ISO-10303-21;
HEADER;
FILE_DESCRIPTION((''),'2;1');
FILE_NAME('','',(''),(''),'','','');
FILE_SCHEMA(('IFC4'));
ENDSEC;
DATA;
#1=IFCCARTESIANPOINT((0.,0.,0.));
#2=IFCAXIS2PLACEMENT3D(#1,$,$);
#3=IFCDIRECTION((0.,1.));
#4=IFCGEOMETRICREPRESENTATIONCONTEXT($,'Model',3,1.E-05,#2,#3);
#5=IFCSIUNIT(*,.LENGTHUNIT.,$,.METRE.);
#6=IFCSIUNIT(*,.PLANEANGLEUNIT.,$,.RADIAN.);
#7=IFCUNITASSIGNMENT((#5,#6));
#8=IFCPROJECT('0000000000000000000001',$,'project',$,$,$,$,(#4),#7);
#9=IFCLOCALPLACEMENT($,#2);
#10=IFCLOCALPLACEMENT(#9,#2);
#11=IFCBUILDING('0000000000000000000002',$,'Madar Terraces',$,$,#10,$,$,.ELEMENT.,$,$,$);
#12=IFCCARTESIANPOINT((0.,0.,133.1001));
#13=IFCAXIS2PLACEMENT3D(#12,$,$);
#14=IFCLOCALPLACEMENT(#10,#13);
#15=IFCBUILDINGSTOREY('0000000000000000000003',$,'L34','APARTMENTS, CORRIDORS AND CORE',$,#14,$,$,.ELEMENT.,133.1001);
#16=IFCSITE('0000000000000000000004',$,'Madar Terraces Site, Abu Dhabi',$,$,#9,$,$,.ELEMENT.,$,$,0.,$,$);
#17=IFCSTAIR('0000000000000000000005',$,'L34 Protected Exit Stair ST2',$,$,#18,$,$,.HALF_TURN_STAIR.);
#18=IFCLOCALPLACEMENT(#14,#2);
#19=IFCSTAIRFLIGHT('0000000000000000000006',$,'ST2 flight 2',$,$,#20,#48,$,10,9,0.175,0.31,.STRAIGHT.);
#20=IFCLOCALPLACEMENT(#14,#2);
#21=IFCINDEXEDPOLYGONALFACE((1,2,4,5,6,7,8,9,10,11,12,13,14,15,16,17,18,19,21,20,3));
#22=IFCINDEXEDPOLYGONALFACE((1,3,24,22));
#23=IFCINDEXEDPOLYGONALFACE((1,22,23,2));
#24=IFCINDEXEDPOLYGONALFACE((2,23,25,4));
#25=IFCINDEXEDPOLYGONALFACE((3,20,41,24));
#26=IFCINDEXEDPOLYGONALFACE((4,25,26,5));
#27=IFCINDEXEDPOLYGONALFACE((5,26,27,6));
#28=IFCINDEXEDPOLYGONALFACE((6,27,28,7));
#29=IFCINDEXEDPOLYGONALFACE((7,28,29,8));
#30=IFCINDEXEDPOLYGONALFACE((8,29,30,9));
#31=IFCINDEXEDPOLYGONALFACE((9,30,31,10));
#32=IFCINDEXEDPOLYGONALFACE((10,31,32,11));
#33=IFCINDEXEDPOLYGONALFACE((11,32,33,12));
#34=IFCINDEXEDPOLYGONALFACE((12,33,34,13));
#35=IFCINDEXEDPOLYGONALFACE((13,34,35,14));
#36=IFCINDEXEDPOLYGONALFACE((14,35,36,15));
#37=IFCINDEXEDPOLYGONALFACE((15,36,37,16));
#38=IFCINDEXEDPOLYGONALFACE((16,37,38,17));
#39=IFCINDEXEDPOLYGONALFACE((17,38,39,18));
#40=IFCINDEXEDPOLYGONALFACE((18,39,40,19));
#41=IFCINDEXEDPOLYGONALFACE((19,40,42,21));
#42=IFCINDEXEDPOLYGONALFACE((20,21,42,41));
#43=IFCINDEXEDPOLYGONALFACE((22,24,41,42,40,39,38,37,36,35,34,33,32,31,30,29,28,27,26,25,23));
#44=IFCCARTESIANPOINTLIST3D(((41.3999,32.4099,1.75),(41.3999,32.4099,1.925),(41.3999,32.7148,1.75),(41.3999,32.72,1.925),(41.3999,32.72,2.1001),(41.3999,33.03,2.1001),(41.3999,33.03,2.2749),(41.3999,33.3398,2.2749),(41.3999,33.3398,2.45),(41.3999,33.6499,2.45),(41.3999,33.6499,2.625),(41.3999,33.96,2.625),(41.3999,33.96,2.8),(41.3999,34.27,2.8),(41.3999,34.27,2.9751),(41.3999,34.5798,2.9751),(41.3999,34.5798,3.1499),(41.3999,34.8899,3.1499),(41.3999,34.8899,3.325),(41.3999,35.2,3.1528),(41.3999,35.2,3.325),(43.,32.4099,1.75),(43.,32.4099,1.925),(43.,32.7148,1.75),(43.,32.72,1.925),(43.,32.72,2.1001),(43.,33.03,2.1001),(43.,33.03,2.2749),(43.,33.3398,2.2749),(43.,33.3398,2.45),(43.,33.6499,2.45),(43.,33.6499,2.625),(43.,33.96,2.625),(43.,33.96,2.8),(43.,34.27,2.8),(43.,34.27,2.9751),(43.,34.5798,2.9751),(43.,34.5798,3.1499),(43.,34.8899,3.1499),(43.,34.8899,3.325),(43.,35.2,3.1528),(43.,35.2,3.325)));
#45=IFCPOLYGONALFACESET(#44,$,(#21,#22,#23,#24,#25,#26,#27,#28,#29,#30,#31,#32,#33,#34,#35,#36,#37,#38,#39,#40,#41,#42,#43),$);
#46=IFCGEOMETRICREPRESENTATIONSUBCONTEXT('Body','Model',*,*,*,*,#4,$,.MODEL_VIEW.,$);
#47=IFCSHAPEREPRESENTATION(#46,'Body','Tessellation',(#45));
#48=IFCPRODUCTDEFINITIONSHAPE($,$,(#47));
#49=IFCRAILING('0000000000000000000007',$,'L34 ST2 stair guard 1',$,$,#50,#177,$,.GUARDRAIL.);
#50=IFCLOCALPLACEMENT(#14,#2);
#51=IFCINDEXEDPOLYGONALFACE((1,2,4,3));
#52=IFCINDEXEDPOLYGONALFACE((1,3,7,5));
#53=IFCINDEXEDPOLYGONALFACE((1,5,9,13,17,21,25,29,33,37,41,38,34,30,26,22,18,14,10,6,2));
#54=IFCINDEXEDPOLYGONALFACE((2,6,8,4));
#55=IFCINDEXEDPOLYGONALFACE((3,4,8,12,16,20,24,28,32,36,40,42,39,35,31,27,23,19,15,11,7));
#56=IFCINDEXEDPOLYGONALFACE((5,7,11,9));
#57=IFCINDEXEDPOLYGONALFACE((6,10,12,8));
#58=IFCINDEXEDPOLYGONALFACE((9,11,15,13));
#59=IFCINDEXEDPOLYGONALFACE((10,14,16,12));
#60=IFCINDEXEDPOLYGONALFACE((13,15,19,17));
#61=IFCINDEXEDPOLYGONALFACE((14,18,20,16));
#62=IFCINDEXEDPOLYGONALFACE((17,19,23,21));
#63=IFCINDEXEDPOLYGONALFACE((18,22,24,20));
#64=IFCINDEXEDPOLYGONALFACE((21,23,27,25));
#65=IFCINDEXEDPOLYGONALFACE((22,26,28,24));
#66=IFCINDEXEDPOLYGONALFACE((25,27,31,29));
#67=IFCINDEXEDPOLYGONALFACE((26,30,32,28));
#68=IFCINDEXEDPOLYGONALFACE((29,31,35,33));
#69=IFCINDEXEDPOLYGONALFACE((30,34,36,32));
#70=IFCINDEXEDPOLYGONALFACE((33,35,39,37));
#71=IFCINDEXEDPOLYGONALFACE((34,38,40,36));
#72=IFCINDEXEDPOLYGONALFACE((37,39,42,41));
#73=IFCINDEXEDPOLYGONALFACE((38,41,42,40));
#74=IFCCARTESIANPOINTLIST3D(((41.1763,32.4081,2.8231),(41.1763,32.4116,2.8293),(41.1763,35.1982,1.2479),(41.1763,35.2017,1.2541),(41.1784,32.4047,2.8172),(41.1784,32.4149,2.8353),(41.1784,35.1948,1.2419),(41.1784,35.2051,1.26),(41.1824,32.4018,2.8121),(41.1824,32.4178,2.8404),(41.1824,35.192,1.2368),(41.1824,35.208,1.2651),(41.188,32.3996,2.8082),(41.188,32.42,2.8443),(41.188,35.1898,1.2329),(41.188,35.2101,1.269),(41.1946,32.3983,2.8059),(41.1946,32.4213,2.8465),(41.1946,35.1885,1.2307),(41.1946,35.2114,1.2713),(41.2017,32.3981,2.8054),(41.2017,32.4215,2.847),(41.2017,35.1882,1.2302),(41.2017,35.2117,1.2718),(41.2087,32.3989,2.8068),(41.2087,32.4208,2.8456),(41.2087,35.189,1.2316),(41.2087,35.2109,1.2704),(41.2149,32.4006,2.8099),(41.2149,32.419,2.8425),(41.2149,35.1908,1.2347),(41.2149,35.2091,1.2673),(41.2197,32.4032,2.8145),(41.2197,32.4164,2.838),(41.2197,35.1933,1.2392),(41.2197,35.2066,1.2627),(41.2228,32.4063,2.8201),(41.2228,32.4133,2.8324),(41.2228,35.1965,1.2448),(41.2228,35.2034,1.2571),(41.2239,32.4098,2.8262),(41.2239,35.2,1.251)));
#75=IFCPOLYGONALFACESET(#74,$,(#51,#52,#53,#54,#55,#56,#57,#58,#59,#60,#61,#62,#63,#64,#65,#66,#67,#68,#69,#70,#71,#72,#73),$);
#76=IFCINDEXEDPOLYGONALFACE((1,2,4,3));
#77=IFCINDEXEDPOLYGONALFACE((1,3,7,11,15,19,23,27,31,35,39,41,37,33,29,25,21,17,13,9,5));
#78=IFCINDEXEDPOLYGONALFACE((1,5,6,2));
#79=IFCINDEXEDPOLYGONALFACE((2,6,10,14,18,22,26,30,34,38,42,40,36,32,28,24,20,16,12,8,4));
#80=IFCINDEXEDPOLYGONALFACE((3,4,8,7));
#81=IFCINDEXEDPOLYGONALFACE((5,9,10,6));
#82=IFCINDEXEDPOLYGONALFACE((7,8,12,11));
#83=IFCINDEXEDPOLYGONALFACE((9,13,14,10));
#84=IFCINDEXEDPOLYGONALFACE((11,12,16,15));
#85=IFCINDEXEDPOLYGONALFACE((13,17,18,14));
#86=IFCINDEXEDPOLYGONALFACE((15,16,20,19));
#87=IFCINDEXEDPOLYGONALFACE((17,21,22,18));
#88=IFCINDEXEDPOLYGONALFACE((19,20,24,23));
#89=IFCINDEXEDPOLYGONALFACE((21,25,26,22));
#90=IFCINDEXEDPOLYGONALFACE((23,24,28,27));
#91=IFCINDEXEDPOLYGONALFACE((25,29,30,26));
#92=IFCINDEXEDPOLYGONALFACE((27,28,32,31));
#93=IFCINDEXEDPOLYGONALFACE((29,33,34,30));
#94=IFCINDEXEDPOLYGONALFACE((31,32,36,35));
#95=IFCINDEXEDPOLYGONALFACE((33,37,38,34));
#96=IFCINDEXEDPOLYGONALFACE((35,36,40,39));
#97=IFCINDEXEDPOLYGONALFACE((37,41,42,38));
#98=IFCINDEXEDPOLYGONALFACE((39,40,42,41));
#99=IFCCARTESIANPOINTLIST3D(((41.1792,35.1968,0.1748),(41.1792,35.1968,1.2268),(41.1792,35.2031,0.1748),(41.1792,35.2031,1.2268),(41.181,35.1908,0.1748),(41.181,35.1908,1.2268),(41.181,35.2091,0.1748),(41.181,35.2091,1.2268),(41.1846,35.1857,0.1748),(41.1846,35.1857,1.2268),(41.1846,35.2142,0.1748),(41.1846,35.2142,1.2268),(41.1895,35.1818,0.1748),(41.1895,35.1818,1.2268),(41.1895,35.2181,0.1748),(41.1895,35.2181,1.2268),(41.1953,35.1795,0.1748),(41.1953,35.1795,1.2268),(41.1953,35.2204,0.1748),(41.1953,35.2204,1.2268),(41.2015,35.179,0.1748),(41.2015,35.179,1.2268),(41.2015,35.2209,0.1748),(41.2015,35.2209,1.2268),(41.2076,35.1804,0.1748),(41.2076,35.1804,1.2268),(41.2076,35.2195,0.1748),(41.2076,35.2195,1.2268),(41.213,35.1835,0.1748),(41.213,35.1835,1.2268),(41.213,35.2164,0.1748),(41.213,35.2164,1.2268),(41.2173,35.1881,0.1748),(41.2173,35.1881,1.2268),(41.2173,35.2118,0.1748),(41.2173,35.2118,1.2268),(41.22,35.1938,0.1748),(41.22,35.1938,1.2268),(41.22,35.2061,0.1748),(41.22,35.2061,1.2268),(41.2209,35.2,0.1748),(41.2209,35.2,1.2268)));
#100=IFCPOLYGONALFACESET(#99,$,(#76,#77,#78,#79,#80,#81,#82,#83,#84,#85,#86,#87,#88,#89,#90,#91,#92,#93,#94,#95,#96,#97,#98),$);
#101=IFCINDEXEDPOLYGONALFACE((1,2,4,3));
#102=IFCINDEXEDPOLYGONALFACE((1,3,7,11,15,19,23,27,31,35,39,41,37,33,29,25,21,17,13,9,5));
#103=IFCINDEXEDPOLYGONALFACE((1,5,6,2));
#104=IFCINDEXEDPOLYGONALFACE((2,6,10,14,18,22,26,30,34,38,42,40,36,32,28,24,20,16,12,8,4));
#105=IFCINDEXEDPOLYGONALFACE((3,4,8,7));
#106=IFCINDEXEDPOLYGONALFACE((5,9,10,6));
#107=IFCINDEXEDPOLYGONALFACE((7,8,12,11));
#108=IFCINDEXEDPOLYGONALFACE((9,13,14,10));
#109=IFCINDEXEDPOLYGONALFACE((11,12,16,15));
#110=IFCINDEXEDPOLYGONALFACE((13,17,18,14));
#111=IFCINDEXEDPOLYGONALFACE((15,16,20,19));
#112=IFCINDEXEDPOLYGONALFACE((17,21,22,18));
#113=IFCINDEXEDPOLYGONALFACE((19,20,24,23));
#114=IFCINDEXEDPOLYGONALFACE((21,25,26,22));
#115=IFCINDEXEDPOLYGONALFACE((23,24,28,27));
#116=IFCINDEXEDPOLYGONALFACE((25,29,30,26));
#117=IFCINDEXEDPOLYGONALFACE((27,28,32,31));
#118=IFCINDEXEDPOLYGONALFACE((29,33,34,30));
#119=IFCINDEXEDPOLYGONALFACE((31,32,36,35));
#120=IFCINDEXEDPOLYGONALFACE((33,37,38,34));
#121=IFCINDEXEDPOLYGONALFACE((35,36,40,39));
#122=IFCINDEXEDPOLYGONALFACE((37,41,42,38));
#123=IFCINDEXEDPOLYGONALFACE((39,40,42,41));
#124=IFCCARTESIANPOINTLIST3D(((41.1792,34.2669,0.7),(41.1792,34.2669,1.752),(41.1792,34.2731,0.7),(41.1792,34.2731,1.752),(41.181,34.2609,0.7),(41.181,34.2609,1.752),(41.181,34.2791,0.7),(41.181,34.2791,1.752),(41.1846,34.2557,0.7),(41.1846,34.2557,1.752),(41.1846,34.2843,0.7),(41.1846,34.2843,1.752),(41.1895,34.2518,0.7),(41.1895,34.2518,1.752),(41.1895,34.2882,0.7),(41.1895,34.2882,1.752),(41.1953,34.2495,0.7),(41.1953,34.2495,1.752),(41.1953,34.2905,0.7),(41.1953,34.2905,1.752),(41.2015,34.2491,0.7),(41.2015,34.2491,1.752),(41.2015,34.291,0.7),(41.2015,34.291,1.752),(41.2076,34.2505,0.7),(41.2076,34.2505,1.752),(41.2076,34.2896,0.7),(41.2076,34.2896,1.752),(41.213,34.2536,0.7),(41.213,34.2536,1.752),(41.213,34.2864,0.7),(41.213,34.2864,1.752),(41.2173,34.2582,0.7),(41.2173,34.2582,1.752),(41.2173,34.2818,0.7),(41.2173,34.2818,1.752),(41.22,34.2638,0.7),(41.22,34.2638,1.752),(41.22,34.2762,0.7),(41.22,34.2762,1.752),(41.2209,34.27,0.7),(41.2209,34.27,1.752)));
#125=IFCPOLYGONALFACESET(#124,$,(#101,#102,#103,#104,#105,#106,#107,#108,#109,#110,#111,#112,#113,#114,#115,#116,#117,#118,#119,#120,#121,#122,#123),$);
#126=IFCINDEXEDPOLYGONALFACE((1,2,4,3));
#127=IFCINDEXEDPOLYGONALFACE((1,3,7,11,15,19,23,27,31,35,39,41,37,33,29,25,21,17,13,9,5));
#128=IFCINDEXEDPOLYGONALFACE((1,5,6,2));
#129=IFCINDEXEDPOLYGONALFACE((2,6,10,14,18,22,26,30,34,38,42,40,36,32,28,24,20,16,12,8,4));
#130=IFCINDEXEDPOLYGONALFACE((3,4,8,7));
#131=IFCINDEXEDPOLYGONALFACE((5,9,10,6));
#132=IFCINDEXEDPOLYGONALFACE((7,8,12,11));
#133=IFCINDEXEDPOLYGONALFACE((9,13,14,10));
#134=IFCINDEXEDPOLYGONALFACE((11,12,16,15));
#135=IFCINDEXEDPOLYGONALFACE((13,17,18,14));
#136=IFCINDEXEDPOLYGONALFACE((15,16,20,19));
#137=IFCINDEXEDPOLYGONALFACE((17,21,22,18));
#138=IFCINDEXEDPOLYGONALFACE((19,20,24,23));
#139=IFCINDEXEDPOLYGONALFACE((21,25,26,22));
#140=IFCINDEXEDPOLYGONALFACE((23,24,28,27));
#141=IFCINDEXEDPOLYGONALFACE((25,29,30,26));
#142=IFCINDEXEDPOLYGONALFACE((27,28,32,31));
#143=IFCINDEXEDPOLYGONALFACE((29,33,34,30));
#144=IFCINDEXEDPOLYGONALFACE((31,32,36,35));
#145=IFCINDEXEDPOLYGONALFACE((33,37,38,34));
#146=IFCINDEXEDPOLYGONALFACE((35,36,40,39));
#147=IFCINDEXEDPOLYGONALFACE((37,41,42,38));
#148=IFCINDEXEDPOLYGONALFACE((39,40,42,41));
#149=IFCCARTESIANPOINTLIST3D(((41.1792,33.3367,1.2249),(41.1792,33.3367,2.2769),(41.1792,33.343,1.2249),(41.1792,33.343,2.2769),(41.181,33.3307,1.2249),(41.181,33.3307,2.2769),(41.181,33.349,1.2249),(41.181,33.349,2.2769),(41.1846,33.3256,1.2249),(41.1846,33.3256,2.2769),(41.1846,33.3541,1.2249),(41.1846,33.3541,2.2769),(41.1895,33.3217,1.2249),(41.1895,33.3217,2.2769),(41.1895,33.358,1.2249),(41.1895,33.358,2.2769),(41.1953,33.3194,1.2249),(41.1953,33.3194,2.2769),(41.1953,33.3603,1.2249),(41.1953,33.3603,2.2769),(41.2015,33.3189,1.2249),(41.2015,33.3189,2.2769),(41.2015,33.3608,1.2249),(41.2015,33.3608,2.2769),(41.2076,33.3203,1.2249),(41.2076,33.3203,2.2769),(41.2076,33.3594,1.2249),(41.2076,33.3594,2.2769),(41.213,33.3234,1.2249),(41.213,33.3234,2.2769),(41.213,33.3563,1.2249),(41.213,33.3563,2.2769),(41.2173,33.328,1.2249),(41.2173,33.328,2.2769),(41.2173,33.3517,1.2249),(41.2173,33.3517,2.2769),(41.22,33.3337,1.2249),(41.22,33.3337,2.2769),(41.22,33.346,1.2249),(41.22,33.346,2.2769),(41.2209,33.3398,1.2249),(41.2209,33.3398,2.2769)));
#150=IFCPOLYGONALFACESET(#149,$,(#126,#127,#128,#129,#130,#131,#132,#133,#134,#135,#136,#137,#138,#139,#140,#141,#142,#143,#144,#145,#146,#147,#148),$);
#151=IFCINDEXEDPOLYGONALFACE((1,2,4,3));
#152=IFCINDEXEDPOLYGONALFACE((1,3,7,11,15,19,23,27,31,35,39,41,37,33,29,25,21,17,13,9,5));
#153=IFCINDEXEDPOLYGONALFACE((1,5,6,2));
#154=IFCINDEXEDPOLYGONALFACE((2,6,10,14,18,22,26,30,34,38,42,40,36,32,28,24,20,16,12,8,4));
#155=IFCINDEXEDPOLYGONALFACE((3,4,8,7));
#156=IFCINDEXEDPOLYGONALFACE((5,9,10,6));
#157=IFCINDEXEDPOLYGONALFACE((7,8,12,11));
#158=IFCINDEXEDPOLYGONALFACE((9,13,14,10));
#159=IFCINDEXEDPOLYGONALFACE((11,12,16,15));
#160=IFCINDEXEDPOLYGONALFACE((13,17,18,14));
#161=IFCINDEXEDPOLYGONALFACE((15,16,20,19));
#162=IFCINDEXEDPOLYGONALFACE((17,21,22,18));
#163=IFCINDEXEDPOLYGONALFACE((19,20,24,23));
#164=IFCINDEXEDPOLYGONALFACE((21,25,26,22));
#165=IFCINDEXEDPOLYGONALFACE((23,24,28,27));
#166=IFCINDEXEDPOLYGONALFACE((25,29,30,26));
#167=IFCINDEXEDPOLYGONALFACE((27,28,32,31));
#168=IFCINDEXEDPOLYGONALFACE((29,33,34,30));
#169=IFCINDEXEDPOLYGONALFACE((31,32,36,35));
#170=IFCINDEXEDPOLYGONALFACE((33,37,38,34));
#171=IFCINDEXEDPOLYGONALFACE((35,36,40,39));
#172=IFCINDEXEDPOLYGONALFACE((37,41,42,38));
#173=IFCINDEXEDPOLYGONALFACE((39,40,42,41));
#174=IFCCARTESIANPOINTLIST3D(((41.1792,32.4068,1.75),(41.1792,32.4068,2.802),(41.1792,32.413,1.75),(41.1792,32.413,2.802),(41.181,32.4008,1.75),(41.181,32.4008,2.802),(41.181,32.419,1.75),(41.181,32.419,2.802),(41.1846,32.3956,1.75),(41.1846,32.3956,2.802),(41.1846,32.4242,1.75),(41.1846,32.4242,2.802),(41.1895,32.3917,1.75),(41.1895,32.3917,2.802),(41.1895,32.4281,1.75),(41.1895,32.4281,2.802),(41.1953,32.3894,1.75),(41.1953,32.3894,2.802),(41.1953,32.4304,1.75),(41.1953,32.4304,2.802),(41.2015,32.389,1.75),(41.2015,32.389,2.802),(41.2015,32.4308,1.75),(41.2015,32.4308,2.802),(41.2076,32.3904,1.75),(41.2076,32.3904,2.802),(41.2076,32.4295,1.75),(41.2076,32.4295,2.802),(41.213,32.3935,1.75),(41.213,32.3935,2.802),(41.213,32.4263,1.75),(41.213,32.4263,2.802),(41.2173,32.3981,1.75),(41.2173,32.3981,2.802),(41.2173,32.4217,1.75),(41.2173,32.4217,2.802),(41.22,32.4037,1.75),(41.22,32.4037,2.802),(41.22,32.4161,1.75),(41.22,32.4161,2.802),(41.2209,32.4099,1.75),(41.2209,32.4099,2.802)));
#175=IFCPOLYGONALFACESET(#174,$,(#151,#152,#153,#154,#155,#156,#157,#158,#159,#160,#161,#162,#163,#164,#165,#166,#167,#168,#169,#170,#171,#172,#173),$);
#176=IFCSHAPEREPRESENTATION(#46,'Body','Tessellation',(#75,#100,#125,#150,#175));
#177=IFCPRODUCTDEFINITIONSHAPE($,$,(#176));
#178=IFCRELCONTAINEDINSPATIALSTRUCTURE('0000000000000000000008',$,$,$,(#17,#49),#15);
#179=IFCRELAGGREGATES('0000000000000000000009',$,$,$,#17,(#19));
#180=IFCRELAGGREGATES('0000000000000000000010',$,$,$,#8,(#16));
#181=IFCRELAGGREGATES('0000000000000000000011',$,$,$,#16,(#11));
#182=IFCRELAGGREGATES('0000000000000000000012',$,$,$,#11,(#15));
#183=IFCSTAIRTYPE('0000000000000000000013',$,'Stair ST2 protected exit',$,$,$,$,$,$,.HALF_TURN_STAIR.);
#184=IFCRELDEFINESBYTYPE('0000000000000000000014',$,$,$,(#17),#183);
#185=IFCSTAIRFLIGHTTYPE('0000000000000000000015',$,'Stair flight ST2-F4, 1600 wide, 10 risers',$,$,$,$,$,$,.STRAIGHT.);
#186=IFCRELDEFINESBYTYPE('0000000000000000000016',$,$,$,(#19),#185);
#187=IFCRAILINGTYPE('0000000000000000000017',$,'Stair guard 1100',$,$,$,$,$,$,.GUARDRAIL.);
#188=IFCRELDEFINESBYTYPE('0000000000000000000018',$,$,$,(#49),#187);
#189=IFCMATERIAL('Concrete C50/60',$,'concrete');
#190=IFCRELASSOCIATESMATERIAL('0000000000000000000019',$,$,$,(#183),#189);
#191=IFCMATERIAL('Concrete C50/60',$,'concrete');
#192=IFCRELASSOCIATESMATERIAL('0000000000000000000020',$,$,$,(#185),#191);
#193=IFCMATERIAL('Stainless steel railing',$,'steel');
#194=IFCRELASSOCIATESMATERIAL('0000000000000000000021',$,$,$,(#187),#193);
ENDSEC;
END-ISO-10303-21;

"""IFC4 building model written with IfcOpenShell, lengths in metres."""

from ifc_helpers import new_model, si_unit, direction, frame, origin, origin_2d, place, context, subcontext, project, spatial, polyline, circle, outline, extrude, material, type_object, element, aggregate, save


model = new_model("IFC4")

# Units and contexts
model_context = context("Model", 3, precision=1e-05, world=origin(), true_north=direction((0.0, 1.0)))
body_context = subcontext(model_context, "Body", "Model", "MODEL_VIEW")
ifc_project = project(units=[si_unit("LENGTHUNIT", "METRE"), si_unit("PLANEANGLEUNIT", "RADIAN")], contexts=[model_context])

# Site, building, storey
site_placement = place(None, origin())
site = spatial("IfcSite", under=ifc_project, at=site_placement, Name="Madar Terraces Site, Abu Dhabi", CompositionType="ELEMENT", RefElevation=0.0)
building_placement = place(site_placement, origin())
building = spatial("IfcBuilding", under=site, at=building_placement, Name="Madar Terraces", CompositionType="ELEMENT")
storey_placement = place(building_placement, frame((0.0, 0.0, 133.1001)))
storey = spatial("IfcBuildingStorey", under=building, at=storey_placement, Name="L34", Description="APARTMENTS, CORRIDORS AND CORE", CompositionType="ELEMENT", Elevation=133.1001)

# Stair, stair flight
ifc_material_1 = material(Name="Concrete C50/60", Category="concrete")
stair_type = type_object("IfcStairType", Name="Stair ST2 protected exit", PredefinedType="HALF_TURN_STAIR", material=ifc_material_1)
stair_placement = place(storey_placement, origin())
stair = element("IfcStair", 1, at=stair_placement, inside=storey, type_object=stair_type, Name="L34 Protected Exit Stair ST2", PredefinedType="HALF_TURN_STAIR")
ifc_material_2 = material(Name="Concrete C50/60", Category="concrete")
stair_flight_type = type_object("IfcStairFlightType", Name="Stair flight ST2-F4, 1600 wide, 10 risers", PredefinedType="STRAIGHT", material=ifc_material_2)
stair_flight_1_placement = place(storey_placement, frame((42.2, 32.4099, 1.75), z_axis=(0.0, 0.0, 1.0), x_axis=(0.0, 1.0, 0.0)))
stair_flight_1 = element("IfcStairFlight", 2, at=stair_flight_1_placement, type_object=stair_flight_type, Name="ST2 flight 2", NumberOfRisers=10, NumberOfTreads=9, PredefinedType="STRAIGHT", RiserHeight=0.175, TreadLength=0.31, context=body_context, shape_type="SweptSolid", body=[
    extrude(outline(polyline([(0.0, 0.0), (0.0, 0.175), (0.3101, 0.175), (0.3101, 0.3501), (0.6201, 0.3501), (0.6201, 0.5249), (0.9299, 0.5249), (0.9299, 0.7), (1.24, 0.7), (1.24, 0.875), (1.55, 0.875), (1.55, 1.05), (1.8601, 1.05), (1.8601, 1.2251), (2.1699, 1.2251), (2.1699, 1.3999), (2.48, 1.3999), (2.48, 1.575), (2.79, 1.575), (2.79, 1.75), (2.79, 1.4028), (0.3049, 0.0), (0.0, 0.0)])), frame((0.0, 0.8, 0.0), z_axis=(0.0, -1.0, 0.0), x_axis=(1.0, 0.0, 0.0)), (0.0, 0.0, 1.0), 1.6001),
])
aggregate(stair, [stair_flight_1])

# Railing
ifc_material_3 = material(Name="Stainless steel railing", Category="steel")
railing_type_1 = type_object("IfcRailingType", Name="Stair guard 1100", PredefinedType="GUARDRAIL", material=ifc_material_3)
railing_1_placement = place(storey_placement, frame((41.2, 35.2, 0.1748)))
element("IfcRailing", 3, at=railing_1_placement, inside=storey, type_object=railing_type_1, Name="L34 ST2 stair guard 1", PredefinedType="GUARDRAIL", context=body_context, shape_type="SweptSolid", body=[
    extrude(circle(Radius=0.0239, at=origin_2d()), frame((0.0, 0.0, 1.0762), z_axis=(0.0, -0.870801, 0.491635), x_axis=(1.0, 0.0, 0.0)), (0.0, 0.0, 1.0), 3.2041),
    extrude(circle(Radius=0.021, at=origin_2d()), origin(), (0.0, 0.0, 1.0), 1.052),
    extrude(circle(Radius=0.021, at=origin_2d()), frame((0.0, -0.9299, 0.5251)), (0.0, 0.0, 1.0), 1.052),
    extrude(circle(Radius=0.021, at=origin_2d()), frame((0.0, -1.8601, 1.05)), (0.0, 0.0, 1.0), 1.052),
    extrude(circle(Radius=0.021, at=origin_2d()), frame((0.0, -2.79, 1.5752)), (0.0, 0.0, 1.0), 1.052),
])

save(model, "model.ifc")
